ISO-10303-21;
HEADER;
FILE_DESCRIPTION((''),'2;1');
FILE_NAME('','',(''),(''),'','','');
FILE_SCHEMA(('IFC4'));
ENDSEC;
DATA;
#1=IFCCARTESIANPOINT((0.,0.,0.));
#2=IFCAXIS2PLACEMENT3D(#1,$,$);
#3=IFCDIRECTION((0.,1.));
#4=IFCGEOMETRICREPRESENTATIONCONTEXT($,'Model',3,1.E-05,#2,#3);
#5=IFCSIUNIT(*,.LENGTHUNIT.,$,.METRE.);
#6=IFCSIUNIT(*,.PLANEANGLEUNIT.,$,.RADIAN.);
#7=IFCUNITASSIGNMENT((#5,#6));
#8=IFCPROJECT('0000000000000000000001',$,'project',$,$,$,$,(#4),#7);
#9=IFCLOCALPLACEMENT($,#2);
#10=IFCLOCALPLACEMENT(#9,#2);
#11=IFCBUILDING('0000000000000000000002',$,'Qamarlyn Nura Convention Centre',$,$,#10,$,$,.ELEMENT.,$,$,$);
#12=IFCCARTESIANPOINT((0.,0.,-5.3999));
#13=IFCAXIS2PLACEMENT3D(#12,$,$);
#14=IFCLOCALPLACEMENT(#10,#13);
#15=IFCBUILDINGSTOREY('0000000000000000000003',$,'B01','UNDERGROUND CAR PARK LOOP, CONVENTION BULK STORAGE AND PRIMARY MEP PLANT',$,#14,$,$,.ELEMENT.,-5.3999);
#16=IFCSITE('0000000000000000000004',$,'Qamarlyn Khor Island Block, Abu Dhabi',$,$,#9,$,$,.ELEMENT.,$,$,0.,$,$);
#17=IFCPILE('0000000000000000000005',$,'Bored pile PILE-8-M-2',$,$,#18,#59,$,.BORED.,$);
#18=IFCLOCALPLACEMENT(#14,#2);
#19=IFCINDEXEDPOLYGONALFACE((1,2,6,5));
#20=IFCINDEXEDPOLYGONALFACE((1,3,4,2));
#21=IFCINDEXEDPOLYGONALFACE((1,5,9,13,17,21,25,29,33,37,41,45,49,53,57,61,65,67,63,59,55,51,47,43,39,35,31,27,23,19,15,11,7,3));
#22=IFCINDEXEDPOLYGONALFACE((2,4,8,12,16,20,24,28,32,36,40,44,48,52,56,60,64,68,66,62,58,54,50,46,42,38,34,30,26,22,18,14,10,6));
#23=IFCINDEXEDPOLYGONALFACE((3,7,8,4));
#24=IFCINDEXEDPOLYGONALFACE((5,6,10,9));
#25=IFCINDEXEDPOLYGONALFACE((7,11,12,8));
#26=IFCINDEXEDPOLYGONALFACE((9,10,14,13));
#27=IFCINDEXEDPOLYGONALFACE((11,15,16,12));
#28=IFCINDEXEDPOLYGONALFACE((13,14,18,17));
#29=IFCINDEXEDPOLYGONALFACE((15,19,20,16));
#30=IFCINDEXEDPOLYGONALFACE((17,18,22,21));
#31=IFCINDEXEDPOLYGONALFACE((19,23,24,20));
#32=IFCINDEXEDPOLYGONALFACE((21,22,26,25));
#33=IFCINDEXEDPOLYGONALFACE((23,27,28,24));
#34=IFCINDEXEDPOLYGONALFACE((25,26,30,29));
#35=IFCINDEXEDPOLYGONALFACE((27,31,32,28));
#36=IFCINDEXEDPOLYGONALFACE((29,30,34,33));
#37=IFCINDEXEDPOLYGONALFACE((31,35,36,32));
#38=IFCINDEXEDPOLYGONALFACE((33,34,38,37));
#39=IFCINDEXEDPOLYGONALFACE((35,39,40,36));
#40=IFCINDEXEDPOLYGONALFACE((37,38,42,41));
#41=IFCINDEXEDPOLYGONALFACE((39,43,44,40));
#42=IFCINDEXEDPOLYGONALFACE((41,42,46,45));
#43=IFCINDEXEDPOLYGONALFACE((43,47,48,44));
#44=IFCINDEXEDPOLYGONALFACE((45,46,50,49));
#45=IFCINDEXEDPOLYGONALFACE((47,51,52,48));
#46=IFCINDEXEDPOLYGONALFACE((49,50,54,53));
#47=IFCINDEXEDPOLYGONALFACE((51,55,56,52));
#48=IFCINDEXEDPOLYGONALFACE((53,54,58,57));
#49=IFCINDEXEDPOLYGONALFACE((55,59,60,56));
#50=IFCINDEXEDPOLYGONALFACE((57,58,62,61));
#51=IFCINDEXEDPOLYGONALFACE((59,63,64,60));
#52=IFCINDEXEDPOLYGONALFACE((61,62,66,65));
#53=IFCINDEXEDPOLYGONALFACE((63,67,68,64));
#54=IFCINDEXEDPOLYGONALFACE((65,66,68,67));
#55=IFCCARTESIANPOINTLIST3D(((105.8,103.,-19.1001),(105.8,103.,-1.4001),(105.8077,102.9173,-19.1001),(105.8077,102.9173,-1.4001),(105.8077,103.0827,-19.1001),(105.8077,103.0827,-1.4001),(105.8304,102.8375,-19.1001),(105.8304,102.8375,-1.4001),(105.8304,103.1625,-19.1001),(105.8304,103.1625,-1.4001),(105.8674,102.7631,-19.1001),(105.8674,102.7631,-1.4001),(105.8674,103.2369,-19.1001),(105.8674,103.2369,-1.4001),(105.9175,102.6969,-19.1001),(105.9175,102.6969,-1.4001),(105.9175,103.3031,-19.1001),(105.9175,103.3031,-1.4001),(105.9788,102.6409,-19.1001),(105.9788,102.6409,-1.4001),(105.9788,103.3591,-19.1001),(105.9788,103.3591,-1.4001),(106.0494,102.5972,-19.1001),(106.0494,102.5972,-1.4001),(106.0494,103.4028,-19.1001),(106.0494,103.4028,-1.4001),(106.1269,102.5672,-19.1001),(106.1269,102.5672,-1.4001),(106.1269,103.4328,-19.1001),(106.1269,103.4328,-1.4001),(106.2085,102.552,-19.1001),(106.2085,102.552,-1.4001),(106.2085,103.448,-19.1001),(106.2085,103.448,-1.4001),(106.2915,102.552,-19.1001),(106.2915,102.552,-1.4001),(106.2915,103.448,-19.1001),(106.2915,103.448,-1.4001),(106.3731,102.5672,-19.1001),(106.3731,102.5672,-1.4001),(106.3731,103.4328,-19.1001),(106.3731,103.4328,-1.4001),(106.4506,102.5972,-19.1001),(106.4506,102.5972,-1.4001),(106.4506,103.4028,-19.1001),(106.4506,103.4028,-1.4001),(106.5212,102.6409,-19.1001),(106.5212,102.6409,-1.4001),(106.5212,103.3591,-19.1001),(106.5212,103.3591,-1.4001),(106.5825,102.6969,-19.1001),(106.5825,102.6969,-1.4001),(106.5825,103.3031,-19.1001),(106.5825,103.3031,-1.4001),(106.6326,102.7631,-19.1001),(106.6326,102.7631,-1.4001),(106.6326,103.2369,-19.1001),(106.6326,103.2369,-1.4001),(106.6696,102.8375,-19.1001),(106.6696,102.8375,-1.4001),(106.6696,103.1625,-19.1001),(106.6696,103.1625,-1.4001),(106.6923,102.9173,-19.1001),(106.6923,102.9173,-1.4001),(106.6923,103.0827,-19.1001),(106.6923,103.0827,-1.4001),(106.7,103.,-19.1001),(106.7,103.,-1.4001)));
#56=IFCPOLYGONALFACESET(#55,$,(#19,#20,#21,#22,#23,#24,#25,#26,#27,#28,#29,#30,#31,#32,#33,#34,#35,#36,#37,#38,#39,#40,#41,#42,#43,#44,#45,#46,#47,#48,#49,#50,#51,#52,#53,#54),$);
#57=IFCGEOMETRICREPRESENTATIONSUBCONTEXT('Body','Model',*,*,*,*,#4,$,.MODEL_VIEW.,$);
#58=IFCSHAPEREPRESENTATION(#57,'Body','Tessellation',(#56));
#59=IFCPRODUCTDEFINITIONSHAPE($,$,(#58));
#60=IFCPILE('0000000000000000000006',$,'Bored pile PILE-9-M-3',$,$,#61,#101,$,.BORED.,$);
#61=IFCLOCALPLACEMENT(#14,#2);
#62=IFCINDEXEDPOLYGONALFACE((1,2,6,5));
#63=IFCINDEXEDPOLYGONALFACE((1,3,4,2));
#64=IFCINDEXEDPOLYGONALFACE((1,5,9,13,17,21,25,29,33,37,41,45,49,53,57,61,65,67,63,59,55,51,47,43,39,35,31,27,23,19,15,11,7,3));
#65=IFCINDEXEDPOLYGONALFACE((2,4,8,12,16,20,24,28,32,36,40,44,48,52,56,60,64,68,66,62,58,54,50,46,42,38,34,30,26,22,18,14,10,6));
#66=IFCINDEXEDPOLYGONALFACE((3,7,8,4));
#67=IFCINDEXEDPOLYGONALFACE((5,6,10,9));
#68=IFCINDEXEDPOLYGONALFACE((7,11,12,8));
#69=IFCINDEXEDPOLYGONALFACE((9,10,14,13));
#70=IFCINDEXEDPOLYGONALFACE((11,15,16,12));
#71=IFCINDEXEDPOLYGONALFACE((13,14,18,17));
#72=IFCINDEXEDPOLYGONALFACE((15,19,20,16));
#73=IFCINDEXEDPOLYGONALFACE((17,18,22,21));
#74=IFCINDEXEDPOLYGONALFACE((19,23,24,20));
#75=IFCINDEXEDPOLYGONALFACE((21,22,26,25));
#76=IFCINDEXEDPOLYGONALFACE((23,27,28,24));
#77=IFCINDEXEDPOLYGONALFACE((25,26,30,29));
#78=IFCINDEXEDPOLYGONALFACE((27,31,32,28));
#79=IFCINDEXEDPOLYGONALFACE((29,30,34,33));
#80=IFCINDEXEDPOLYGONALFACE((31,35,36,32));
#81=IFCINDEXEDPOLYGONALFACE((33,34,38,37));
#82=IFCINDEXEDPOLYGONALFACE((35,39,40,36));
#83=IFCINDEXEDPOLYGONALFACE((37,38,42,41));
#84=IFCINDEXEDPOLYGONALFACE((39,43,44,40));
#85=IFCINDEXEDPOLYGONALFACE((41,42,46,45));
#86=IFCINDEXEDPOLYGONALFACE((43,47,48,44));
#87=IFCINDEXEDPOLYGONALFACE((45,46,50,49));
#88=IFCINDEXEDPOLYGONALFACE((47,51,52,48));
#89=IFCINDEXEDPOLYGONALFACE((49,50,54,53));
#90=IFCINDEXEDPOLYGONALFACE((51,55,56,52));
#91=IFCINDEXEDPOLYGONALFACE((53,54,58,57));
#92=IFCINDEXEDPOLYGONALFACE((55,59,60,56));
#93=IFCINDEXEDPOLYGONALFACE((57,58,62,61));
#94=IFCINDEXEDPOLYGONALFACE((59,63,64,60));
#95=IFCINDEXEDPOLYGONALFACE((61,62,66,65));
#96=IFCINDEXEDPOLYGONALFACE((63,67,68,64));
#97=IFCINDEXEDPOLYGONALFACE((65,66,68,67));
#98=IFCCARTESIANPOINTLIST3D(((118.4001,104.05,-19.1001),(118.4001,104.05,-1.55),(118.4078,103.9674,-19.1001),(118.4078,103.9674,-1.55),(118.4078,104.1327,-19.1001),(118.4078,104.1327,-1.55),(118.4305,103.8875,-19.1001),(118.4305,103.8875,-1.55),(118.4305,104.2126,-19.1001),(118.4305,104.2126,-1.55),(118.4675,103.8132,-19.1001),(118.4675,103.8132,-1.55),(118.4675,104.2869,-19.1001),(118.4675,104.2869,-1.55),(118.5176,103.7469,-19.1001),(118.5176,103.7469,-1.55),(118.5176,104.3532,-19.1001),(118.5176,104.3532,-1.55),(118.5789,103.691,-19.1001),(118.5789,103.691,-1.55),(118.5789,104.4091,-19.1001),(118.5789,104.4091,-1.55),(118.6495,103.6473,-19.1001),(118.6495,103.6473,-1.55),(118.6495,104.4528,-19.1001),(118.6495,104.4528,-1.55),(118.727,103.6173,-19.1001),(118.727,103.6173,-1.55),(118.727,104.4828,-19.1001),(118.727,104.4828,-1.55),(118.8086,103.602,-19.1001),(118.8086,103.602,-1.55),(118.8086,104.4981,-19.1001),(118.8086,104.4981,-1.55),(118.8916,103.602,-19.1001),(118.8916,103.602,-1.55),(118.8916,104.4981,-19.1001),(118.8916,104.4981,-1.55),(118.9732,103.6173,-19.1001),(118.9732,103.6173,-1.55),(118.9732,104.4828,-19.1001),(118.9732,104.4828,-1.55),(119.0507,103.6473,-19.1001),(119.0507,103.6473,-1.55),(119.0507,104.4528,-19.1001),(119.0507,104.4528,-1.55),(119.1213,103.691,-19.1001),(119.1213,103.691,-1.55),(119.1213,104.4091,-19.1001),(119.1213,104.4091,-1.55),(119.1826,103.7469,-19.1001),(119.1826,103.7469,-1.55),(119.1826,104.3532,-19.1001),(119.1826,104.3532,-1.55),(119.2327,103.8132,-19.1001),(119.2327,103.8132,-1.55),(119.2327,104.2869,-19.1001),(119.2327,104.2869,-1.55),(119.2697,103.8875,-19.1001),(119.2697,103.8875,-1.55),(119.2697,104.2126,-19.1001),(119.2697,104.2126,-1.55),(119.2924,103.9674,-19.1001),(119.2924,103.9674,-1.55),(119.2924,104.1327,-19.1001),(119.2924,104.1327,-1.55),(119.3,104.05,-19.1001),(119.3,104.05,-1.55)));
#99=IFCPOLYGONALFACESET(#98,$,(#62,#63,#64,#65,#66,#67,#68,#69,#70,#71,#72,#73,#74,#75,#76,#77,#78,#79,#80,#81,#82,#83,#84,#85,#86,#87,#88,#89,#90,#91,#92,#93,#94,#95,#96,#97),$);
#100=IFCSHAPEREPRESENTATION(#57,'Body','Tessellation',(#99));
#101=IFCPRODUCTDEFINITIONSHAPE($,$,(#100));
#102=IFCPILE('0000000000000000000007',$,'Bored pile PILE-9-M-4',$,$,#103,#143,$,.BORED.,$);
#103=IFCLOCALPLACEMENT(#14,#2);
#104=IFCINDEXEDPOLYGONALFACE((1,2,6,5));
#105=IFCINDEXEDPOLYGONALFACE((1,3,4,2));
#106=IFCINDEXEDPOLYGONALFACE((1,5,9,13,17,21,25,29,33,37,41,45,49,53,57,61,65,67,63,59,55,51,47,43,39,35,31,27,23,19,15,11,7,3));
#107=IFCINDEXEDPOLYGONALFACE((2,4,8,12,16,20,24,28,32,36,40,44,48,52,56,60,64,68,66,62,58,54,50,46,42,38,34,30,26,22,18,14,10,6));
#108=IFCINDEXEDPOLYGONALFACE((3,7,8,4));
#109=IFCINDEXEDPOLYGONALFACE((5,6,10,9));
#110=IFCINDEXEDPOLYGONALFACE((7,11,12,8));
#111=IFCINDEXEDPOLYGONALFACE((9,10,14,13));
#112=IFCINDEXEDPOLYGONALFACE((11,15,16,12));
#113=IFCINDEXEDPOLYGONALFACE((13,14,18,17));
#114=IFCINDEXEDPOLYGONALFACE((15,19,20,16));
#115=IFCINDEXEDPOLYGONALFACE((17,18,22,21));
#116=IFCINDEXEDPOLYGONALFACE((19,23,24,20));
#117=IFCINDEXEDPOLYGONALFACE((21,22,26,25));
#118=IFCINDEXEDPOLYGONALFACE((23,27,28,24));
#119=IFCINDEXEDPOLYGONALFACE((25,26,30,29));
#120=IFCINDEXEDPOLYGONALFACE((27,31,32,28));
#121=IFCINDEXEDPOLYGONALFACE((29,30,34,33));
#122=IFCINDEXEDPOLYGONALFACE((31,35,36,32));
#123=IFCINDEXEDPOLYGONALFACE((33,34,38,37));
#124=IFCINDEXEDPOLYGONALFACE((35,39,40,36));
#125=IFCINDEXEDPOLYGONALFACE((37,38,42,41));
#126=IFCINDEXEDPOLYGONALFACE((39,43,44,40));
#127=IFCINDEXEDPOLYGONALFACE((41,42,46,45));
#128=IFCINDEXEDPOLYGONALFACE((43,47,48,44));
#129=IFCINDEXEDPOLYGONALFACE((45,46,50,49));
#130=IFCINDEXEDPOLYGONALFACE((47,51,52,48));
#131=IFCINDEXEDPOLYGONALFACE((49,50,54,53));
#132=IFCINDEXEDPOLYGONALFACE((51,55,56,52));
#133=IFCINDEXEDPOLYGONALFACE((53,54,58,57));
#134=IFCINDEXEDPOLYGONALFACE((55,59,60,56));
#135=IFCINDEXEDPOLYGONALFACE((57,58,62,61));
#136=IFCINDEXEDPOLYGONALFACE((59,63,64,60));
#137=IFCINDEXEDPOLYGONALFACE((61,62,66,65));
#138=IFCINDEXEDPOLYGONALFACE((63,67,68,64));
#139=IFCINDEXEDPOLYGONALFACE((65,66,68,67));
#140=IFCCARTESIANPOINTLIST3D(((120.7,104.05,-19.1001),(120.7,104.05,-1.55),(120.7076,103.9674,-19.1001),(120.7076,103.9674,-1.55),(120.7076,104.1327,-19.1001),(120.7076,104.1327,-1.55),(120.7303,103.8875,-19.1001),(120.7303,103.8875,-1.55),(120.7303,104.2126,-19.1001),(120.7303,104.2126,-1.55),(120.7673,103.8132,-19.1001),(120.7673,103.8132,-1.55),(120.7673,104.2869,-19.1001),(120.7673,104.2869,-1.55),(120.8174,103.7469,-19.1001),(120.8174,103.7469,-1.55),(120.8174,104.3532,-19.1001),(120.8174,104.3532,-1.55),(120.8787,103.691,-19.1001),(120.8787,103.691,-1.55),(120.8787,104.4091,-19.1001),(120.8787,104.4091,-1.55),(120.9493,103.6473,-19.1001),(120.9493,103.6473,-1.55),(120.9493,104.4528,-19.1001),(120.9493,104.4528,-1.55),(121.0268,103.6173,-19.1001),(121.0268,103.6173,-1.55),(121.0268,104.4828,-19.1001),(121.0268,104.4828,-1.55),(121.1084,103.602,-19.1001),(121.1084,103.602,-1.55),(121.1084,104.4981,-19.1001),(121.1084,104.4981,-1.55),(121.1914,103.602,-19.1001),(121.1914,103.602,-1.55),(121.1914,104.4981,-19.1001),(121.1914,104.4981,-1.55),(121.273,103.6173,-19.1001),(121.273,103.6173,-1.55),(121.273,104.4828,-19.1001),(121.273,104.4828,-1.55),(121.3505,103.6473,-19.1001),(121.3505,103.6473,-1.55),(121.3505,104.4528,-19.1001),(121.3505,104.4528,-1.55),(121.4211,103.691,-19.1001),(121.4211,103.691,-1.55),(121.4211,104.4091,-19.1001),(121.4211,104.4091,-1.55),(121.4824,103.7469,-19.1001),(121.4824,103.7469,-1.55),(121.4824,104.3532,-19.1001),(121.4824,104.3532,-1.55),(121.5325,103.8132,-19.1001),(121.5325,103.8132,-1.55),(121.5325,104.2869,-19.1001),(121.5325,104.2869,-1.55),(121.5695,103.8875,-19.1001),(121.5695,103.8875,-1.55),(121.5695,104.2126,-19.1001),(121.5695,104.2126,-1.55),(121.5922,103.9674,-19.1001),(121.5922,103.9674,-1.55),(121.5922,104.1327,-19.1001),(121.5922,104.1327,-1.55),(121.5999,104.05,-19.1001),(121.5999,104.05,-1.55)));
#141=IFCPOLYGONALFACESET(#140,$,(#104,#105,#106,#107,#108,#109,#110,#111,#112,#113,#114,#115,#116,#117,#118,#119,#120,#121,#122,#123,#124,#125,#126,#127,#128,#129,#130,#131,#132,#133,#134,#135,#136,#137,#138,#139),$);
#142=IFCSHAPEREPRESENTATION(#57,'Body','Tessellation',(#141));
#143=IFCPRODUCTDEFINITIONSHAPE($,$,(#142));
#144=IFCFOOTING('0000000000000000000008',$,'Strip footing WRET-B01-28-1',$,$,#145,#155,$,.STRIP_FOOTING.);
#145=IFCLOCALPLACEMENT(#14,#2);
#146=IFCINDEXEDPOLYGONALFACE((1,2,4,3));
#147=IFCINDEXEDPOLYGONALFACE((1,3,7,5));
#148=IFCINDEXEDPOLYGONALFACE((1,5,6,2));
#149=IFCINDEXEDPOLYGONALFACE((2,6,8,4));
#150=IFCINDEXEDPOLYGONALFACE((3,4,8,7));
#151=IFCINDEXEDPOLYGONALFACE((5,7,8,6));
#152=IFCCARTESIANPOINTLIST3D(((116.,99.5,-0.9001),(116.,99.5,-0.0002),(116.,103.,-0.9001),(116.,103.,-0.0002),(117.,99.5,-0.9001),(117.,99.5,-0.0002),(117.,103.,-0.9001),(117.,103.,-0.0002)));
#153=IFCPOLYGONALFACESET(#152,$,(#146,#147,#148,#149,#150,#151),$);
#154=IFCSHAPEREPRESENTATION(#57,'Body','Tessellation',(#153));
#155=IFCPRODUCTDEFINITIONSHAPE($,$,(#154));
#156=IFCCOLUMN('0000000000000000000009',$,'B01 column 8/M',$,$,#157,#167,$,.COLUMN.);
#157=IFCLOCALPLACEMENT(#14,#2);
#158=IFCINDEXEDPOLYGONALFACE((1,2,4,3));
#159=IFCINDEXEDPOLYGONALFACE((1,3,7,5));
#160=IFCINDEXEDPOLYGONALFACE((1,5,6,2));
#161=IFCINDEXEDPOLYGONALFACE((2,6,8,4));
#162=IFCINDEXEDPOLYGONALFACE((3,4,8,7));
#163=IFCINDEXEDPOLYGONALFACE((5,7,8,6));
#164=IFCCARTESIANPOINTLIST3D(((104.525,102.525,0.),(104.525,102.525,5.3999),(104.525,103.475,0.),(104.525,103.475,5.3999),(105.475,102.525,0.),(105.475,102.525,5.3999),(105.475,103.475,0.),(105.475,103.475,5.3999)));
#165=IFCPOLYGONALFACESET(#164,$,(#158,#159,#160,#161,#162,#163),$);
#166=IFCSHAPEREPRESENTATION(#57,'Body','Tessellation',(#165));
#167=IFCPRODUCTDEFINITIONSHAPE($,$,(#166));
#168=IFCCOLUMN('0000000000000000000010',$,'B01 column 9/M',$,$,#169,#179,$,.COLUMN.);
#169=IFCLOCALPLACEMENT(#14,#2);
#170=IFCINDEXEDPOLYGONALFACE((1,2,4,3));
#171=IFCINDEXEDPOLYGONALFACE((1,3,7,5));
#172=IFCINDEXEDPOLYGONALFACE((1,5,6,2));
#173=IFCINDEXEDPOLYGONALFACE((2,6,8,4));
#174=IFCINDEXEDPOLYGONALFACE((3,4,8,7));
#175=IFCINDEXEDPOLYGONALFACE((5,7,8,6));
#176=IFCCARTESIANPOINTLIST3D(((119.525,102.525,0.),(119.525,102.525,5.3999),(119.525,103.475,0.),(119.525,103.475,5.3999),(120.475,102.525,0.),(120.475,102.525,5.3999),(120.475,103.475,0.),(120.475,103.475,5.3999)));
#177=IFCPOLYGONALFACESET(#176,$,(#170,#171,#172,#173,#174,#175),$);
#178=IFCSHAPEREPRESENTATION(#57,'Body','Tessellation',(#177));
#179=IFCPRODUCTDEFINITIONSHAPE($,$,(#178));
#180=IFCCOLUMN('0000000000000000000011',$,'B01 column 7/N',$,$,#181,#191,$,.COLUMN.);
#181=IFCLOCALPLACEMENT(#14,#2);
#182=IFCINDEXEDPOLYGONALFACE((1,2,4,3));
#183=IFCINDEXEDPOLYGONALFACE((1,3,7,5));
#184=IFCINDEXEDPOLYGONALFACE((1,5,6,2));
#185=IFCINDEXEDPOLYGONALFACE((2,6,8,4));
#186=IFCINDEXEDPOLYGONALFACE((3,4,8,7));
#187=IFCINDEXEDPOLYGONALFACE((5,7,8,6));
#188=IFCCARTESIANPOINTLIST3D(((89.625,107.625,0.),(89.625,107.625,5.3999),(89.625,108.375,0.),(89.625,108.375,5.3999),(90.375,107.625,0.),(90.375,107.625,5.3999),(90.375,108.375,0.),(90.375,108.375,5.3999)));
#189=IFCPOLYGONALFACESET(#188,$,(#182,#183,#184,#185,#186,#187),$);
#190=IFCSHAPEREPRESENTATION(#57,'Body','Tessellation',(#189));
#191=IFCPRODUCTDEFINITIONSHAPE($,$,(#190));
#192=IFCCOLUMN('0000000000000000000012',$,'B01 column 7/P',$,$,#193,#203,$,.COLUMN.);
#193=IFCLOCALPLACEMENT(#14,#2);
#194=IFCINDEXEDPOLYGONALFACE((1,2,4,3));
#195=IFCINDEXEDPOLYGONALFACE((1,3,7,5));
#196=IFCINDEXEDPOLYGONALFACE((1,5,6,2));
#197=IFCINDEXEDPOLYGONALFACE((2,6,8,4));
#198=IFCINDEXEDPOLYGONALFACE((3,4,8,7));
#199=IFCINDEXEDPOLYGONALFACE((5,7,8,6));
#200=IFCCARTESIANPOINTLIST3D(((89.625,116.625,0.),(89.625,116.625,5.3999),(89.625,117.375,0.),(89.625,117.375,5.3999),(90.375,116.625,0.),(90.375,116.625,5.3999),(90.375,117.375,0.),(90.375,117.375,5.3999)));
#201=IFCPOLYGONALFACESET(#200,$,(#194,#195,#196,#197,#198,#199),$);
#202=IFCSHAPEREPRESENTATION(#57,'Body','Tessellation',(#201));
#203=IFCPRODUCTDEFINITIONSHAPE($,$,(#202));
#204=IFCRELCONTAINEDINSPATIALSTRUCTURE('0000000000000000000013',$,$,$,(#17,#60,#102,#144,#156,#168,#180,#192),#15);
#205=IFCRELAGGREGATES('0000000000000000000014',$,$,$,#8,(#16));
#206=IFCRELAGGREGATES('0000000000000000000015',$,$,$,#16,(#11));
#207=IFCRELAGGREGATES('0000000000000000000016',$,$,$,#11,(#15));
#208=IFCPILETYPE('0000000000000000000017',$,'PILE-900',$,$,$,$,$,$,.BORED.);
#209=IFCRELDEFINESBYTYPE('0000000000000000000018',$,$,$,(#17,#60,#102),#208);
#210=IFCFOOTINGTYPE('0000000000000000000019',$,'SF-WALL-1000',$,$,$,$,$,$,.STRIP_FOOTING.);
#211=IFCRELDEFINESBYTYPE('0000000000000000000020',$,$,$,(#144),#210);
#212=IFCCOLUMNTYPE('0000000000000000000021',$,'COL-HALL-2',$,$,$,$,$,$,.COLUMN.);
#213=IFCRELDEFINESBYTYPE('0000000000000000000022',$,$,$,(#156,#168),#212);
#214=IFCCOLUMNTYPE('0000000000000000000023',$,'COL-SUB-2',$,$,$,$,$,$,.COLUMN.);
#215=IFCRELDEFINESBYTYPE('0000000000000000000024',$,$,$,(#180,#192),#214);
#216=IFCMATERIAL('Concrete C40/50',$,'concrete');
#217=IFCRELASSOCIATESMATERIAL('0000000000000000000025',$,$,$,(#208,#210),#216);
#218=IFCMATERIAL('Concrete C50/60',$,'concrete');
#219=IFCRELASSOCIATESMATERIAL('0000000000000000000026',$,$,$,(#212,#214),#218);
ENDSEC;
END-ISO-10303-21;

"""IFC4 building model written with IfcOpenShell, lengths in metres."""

from ifc_helpers import new_model, si_unit, direction, frame, origin, origin_2d, place, context, subcontext, project, spatial, rectangle, circle, extrude, material, material_profile, profile_set, type_object, element, save


model = new_model("IFC4")

# Units and contexts
model_context = context("Model", 3, precision=1e-05, world=origin(), true_north=direction((0.0, 1.0)))
body_context = subcontext(model_context, "Body", "Model", "MODEL_VIEW")
ifc_project = project(units=[si_unit("LENGTHUNIT", "METRE"), si_unit("PLANEANGLEUNIT", "RADIAN")], contexts=[model_context])

# Site, building, storey
site_placement = place(None, origin())
site = spatial("IfcSite", under=ifc_project, at=site_placement, Name="Qamarlyn Khor Island Block, Abu Dhabi", CompositionType="ELEMENT", RefElevation=0.0)
building_placement = place(site_placement, origin())
building = spatial("IfcBuilding", under=site, at=building_placement, Name="Qamarlyn Nura Convention Centre", CompositionType="ELEMENT")
storey_placement = place(building_placement, frame((0.0, 0.0, -5.3999)))
storey = spatial("IfcBuildingStorey", under=building, at=storey_placement, Name="B01", Description="UNDERGROUND CAR PARK LOOP, CONVENTION BULK STORAGE AND PRIMARY MEP PLANT", CompositionType="ELEMENT", Elevation=-5.3999)

# Shared definitions
ifc_material_1 = material(Name="Concrete C40/50", Category="concrete")

# Piles
ifc_material_profile_1 = material_profile(ifc_material_1, circle(Radius=0.45, at=origin_2d()), Name="BORED PILE 900")
ifc_profile_set_1 = profile_set([ifc_material_profile_1], Name="Concrete C40/50")
pile_type = type_object("IfcPileType", Name="PILE-900", PredefinedType="BORED", material=ifc_profile_set_1)
pile_1_placement = place(storey_placement, frame((106.25, 103.0, -1.4001), z_axis=(0.0, 0.0, -1.0), x_axis=(1.0, 0.0, 0.0)))
element("IfcPile", 1, at=pile_1_placement, inside=storey, type_object=pile_type, Name="Bored pile PILE-8-M-2", PredefinedType="BORED", context=body_context, shape_type="SweptSolid", body=[
    extrude(circle(Radius=0.45, at=origin_2d()), origin(), (0.0, 0.0, 1.0), 17.7),
])
for number, where, z_axis, x_axis, name in (
    (2, (118.8501, 104.05, -1.55), (0.0, 0.0, -1.0), (1.0, 0.0, 0.0), "Bored pile PILE-9-M-3"),
    (3, (121.1499, 104.05, -1.55), (0.0, 0.0, -1.0), (1.0, 0.0, 0.0), "Bored pile PILE-9-M-4"),
):
    element("IfcPile", number, at=place(storey_placement, frame(where, z_axis=z_axis, x_axis=x_axis)), inside=storey, type_object=pile_type, Name=name, PredefinedType="BORED", context=body_context, shape_type="SweptSolid", body=[
        extrude(circle(Radius=0.45, at=origin_2d()), origin(), (0.0, 0.0, 1.0), 17.55),
    ])

# Footing
ifc_material_profile_2 = material_profile(ifc_material_1, rectangle(XDim=1.0, YDim=0.8999, at=origin_2d()), Name="RC STRIP 1000x900")
ifc_profile_set_2 = profile_set([ifc_material_profile_2], Name="Concrete C40/50")
footing_type_1 = type_object("IfcFootingType", Name="SF-WALL-1000", PredefinedType="STRIP_FOOTING", material=ifc_profile_set_2)
footing_1_placement = place(storey_placement, frame((116.5, 103.0, -0.4502), z_axis=(0.0, -1.0, 0.0), x_axis=(1.0, 0.0, 0.0)))
element("IfcFooting", 4, at=footing_1_placement, inside=storey, type_object=footing_type_1, Name="Strip footing WRET-B01-28-1", PredefinedType="STRIP_FOOTING", context=body_context, shape_type="SweptSolid", body=[
    extrude(rectangle(XDim=1.0, YDim=0.8999, at=origin_2d()), origin(), (0.0, 0.0, 1.0), 3.5),
])

# Columns
ifc_material_2 = material(Name="Concrete C50/60", Category="concrete")
ifc_material_profile_3 = material_profile(ifc_material_2, rectangle(XDim=0.95, YDim=0.95, at=origin_2d()), Name="RC 950x950")
ifc_profile_set_3 = profile_set([ifc_material_profile_3], Name="Concrete C50/60")
column_type_1 = type_object("IfcColumnType", Name="COL-HALL-2", PredefinedType="COLUMN", material=ifc_profile_set_3)
for number, where, z_axis, x_axis, name in (
    (5, (105.0, 103.0, 0.0), (0.0, 0.0, 1.0), (1.0, 0.0, 0.0), "B01 column 8/M"),
    (6, (120.0, 103.0, 0.0), (0.0, 0.0, 1.0), (1.0, 0.0, 0.0), "B01 column 9/M"),
):
    element("IfcColumn", number, at=place(storey_placement, frame(where, z_axis=z_axis, x_axis=x_axis)), inside=storey, type_object=column_type_1, Name=name, PredefinedType="COLUMN", context=body_context, shape_type="SweptSolid", body=[
        extrude(rectangle(XDim=0.95, YDim=0.95, at=origin_2d()), origin(), (0.0, 0.0, 1.0), 5.3999),
    ])
ifc_material_profile_4 = material_profile(ifc_material_2, rectangle(XDim=0.75, YDim=0.75, at=origin_2d()), Name="RC 750x750")
ifc_profile_set_4 = profile_set([ifc_material_profile_4], Name="Concrete C50/60")
column_type_2 = type_object("IfcColumnType", Name="COL-SUB-2", PredefinedType="COLUMN", material=ifc_profile_set_4)
for number, where, z_axis, x_axis, name in (
    (7, (90.0, 108.0, 0.0), (0.0, 0.0, 1.0), (1.0, 0.0, 0.0), "B01 column 7/N"),
    (8, (90.0, 117.0, 0.0), (0.0, 0.0, 1.0), (1.0, 0.0, 0.0), "B01 column 7/P"),
):
    element("IfcColumn", number, at=place(storey_placement, frame(where, z_axis=z_axis, x_axis=x_axis)), inside=storey, type_object=column_type_2, Name=name, PredefinedType="COLUMN", context=body_context, shape_type="SweptSolid", body=[
        extrude(rectangle(XDim=0.75, YDim=0.75, at=origin_2d()), origin(), (0.0, 0.0, 1.0), 5.3999),
    ])

save(model, "model.ifc")
